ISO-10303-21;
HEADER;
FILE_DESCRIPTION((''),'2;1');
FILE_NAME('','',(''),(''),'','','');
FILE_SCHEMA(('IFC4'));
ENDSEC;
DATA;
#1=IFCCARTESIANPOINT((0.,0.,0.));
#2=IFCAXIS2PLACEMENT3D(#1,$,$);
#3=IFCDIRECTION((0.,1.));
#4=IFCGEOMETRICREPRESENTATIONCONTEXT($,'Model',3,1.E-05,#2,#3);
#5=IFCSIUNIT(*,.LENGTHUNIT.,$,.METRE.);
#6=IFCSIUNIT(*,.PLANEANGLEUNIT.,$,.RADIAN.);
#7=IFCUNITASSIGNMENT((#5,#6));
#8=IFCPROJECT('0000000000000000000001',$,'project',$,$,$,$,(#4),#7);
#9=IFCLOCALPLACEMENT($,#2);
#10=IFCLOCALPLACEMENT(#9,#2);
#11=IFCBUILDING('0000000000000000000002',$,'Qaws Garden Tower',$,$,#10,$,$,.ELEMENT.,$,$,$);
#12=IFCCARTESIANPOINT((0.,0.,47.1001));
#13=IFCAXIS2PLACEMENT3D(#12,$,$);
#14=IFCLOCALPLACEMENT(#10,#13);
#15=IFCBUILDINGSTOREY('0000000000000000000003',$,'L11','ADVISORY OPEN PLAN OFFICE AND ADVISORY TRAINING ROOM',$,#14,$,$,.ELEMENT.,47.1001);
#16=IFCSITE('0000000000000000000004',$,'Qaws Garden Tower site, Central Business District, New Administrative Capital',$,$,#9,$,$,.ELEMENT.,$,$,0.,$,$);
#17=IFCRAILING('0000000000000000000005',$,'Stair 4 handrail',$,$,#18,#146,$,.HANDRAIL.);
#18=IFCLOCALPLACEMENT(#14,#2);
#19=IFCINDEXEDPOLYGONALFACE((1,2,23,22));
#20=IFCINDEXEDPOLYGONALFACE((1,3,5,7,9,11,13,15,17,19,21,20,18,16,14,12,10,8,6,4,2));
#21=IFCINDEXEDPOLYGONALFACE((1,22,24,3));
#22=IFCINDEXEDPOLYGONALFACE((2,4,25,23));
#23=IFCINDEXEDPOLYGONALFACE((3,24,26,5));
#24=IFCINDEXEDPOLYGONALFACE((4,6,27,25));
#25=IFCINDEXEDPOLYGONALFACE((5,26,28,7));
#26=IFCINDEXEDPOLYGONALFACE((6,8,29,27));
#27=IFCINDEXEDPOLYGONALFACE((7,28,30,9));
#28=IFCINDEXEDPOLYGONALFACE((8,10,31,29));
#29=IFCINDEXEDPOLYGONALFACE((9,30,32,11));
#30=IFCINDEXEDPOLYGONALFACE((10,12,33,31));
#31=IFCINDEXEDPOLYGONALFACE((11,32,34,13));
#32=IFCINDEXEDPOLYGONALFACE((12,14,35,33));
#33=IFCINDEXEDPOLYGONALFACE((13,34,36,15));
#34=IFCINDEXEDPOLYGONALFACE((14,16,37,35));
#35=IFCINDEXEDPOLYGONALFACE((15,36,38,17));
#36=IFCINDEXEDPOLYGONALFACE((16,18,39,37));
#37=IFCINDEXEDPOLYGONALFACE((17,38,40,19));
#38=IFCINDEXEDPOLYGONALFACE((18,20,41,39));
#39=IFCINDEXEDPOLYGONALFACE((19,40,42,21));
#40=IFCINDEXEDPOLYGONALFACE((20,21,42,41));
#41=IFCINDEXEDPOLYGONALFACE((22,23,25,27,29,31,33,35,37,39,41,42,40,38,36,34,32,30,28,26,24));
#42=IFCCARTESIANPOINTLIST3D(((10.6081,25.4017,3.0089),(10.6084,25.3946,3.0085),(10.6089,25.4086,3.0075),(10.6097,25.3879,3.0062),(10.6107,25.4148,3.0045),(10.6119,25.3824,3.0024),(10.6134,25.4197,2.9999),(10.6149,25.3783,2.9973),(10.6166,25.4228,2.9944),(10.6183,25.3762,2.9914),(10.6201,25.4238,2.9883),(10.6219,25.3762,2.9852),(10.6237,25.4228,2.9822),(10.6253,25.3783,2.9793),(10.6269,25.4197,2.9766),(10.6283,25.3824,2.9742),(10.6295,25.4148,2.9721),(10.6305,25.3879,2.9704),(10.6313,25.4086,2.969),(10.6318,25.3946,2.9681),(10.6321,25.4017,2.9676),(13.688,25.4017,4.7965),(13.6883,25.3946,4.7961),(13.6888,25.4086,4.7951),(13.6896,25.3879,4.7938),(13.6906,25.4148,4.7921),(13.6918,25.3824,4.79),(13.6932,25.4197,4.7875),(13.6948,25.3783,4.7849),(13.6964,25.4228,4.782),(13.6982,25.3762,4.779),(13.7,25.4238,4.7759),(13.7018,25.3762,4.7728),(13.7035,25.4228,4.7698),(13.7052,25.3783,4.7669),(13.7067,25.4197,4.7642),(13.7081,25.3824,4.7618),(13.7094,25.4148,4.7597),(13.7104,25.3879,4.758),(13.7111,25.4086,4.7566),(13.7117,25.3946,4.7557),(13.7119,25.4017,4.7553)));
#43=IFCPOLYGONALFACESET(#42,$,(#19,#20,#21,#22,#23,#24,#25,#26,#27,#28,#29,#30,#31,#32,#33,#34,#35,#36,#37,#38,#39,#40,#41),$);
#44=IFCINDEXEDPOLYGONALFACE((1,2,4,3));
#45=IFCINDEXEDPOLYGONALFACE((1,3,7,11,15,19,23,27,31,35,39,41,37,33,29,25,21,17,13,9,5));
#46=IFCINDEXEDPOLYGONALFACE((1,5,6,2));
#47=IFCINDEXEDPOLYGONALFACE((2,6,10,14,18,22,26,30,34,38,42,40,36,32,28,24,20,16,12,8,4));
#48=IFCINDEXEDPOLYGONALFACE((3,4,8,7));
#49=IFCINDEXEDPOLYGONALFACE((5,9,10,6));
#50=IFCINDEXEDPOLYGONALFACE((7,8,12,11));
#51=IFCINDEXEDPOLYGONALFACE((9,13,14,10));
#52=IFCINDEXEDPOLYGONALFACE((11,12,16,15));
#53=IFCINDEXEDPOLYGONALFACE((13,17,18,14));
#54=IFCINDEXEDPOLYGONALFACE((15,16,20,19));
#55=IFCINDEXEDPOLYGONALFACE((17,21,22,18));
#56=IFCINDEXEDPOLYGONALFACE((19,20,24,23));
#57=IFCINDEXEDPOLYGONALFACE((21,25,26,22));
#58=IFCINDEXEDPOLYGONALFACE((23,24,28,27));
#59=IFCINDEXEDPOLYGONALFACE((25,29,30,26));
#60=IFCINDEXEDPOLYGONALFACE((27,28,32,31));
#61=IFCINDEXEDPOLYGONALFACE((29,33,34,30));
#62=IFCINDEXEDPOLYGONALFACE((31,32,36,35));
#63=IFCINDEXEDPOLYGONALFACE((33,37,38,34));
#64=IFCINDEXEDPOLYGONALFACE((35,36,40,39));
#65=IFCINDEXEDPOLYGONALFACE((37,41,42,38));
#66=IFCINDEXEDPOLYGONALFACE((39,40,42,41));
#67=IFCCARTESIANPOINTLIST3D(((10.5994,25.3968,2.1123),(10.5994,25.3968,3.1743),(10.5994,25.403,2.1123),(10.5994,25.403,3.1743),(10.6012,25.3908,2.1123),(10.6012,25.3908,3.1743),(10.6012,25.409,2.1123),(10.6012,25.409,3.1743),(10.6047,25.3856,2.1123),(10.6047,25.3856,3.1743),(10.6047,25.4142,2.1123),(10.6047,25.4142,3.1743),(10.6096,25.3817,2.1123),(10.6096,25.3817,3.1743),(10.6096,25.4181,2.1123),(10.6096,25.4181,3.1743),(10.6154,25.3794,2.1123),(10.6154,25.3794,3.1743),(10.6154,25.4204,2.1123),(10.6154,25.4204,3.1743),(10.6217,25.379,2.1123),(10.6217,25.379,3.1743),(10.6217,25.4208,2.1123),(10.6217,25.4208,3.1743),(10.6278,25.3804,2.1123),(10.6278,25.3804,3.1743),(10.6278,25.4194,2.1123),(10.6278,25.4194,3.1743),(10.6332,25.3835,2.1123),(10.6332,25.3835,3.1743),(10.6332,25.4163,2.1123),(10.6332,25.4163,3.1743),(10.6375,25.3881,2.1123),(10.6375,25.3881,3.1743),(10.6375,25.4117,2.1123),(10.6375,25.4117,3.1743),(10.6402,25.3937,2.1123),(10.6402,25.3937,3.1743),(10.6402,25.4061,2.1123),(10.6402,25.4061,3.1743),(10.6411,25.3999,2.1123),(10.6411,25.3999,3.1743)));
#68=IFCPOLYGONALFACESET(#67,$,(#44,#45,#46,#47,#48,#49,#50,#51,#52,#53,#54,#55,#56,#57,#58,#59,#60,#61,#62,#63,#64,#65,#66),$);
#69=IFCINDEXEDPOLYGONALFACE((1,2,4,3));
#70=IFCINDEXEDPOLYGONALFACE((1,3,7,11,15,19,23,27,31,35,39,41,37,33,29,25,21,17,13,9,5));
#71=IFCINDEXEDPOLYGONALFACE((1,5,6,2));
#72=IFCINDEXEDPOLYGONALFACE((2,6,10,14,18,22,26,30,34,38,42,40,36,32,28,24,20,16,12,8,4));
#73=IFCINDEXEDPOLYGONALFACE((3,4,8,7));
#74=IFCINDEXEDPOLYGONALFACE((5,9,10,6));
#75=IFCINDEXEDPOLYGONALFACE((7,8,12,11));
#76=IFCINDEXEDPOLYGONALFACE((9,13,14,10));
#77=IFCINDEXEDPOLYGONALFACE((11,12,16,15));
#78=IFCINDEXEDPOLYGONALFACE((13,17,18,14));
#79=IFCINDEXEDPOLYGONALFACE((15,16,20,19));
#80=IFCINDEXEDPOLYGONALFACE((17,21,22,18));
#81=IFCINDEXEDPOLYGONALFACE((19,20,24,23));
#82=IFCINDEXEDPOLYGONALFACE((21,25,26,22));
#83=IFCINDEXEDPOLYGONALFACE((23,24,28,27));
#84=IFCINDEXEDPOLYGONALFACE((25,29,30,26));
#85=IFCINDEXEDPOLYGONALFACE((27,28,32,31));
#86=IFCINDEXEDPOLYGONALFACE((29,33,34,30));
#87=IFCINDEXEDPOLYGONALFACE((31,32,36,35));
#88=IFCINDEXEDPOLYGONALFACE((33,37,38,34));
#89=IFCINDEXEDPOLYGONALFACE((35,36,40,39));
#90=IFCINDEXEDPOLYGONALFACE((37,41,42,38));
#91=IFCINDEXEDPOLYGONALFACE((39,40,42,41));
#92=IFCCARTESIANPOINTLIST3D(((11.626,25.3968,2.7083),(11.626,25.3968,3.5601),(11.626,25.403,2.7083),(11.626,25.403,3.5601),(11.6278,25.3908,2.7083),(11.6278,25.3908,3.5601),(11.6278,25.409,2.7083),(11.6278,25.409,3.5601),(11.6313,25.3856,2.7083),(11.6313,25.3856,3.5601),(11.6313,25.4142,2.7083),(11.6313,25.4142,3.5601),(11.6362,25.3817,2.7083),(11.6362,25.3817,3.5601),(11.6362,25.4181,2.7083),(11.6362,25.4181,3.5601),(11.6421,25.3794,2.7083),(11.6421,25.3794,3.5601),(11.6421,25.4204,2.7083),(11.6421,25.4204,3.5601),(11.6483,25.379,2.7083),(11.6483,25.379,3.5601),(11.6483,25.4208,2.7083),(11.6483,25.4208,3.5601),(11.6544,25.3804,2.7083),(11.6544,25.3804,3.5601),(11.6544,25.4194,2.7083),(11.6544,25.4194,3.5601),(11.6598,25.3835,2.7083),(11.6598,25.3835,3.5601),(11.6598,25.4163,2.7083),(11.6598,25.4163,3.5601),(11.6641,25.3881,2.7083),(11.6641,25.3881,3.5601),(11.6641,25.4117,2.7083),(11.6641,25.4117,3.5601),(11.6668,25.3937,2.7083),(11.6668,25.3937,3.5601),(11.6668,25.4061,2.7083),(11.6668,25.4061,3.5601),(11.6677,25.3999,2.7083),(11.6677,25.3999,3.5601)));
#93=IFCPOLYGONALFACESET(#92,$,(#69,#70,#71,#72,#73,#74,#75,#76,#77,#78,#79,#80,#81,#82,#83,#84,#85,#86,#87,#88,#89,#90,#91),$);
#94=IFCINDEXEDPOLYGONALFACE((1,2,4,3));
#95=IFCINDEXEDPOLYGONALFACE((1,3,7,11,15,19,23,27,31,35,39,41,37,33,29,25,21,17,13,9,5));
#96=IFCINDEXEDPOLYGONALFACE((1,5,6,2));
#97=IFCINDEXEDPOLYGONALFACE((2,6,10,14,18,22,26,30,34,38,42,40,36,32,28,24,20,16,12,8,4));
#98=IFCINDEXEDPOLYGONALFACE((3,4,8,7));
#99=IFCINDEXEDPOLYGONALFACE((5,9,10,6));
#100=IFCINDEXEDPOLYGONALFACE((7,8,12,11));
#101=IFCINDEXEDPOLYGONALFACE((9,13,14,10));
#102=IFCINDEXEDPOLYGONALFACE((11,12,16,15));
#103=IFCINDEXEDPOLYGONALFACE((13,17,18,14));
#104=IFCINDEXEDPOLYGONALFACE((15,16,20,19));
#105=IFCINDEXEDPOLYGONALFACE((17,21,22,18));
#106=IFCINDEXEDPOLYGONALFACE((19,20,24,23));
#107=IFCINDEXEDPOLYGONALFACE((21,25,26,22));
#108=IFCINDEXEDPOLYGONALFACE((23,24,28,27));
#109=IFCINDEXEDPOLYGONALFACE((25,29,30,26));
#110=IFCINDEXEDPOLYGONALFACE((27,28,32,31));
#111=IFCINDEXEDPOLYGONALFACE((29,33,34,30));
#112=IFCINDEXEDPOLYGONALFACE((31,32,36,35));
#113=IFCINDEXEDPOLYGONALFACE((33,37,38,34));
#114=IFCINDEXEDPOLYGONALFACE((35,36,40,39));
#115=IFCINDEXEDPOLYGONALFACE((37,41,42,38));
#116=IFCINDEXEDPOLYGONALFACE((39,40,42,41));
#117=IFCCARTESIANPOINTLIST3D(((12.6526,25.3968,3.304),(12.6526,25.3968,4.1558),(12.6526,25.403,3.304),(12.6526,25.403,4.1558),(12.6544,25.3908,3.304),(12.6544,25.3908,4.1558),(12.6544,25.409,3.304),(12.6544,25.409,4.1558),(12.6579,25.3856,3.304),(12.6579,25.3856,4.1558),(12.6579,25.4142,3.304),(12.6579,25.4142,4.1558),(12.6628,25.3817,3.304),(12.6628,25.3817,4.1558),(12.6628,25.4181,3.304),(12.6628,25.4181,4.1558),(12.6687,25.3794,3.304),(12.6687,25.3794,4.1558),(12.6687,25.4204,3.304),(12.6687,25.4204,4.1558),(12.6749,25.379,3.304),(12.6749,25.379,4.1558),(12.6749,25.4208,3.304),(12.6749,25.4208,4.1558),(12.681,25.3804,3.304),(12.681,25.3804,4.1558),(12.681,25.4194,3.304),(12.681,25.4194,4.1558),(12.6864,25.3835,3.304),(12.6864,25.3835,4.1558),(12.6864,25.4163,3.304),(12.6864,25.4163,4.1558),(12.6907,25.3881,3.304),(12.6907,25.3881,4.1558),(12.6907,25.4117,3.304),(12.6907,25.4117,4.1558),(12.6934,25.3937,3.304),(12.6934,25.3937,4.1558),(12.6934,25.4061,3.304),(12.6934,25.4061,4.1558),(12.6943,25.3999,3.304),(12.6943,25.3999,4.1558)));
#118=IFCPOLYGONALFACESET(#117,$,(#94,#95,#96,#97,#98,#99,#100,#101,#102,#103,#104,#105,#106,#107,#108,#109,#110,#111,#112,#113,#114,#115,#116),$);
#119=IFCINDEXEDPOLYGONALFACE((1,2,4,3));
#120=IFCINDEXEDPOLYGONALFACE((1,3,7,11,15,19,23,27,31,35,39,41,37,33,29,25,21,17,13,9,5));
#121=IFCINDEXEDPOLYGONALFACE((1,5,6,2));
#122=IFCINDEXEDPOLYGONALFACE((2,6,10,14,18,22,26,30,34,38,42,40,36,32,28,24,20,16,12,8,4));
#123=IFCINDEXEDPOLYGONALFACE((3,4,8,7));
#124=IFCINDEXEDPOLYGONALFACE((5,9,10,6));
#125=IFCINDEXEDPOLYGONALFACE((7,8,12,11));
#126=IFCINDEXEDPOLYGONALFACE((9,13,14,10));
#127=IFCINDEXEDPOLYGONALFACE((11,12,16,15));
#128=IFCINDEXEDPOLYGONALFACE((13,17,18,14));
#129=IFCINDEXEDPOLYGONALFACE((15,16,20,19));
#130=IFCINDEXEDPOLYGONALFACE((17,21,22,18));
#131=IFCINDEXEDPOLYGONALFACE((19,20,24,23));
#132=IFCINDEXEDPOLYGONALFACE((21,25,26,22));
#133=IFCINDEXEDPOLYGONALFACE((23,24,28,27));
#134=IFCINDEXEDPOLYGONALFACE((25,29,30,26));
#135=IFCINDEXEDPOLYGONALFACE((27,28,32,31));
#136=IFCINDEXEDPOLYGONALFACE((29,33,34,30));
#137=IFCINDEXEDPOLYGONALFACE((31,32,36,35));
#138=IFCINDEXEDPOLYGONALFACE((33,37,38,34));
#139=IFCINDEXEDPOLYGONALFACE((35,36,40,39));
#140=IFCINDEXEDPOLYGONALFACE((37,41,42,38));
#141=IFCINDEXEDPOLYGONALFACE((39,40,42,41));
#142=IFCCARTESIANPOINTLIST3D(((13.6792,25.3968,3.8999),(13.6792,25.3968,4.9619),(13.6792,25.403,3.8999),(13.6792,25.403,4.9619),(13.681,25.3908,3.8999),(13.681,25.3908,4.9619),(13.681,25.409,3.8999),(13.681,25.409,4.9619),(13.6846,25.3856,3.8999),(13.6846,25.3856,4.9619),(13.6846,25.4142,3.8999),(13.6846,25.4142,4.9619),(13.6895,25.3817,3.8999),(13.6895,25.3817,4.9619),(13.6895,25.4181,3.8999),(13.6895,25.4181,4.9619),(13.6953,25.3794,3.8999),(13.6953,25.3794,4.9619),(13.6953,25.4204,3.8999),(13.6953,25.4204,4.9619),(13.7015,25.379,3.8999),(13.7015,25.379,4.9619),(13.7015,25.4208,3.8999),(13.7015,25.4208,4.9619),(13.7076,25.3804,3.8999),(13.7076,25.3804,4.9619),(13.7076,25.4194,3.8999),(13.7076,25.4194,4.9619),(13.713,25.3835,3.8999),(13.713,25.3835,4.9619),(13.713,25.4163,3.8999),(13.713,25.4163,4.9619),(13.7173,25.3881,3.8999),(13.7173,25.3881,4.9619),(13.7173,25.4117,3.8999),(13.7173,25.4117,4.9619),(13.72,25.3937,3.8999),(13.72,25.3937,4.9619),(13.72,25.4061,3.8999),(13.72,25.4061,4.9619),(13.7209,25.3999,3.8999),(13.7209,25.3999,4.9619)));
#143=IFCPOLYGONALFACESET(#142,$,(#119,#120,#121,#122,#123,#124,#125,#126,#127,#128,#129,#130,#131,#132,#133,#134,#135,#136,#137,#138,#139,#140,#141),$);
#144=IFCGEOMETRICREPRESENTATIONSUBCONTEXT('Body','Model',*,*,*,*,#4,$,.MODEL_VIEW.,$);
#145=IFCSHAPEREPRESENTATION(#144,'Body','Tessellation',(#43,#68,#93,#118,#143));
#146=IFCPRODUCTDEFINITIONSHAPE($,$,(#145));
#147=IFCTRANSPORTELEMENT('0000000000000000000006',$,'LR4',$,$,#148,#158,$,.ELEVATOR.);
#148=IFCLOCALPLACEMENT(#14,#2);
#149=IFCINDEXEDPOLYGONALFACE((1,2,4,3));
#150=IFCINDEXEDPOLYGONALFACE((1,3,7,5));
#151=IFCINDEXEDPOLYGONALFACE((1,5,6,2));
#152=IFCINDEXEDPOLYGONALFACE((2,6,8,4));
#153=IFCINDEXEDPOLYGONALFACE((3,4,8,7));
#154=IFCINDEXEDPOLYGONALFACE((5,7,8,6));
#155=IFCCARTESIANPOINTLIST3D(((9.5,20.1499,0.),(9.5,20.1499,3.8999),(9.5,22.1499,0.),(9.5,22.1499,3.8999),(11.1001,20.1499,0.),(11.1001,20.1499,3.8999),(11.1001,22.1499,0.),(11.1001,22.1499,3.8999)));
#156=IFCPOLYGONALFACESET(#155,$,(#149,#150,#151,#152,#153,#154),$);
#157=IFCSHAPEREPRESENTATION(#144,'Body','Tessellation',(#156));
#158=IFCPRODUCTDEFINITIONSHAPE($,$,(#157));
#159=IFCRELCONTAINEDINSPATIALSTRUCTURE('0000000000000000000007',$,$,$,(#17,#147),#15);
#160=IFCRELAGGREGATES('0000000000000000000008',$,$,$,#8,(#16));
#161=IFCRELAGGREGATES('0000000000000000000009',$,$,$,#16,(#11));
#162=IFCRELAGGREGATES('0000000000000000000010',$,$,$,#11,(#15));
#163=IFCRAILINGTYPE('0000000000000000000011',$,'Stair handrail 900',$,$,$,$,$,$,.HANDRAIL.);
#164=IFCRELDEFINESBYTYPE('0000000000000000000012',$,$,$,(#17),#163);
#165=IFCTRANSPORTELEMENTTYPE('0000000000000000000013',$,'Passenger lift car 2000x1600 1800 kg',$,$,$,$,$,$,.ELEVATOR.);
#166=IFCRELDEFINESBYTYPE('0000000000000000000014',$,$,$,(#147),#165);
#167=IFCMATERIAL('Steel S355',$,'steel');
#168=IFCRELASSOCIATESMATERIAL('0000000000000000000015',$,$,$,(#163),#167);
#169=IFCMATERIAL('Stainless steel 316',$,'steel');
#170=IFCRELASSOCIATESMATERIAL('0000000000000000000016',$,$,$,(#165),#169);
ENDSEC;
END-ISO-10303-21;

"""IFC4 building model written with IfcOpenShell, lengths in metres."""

from ifc_helpers import new_model, si_unit, direction, frame, origin, origin_2d, place, context, subcontext, project, spatial, rectangle, circle, extrude, material, type_object, element, save


model = new_model("IFC4")

# Units and contexts
model_context = context("Model", 3, precision=1e-05, world=origin(), true_north=direction((0.0, 1.0)))
body_context = subcontext(model_context, "Body", "Model", "MODEL_VIEW")
ifc_project = project(units=[si_unit("LENGTHUNIT", "METRE"), si_unit("PLANEANGLEUNIT", "RADIAN")], contexts=[model_context])

# Site, building, storey
site_placement = place(None, origin())
site = spatial("IfcSite", under=ifc_project, at=site_placement, Name="Qaws Garden Tower site, Central Business District, New Administrative Capital", CompositionType="ELEMENT", RefElevation=0.0)
building_placement = place(site_placement, origin())
building = spatial("IfcBuilding", under=site, at=building_placement, Name="Qaws Garden Tower", CompositionType="ELEMENT")
storey_placement = place(building_placement, frame((0.0, 0.0, 47.1001)))
storey = spatial("IfcBuildingStorey", under=building, at=storey_placement, Name="L11", Description="ADVISORY OPEN PLAN OFFICE AND ADVISORY TRAINING ROOM", CompositionType="ELEMENT", Elevation=47.1001)

# Railing
ifc_material_1 = material(Name="Steel S355", Category="steel")
railing_type = type_object("IfcRailingType", Name="Stair handrail 900", PredefinedType="HANDRAIL", material=ifc_material_1)
railing_1_placement = place(storey_placement, frame((10.6201, 25.3999, 2.1123)))
element("IfcRailing", 1, at=railing_1_placement, inside=storey, type_object=railing_type, Name="Stair 4 handrail", PredefinedType="HANDRAIL", context=body_context, shape_type="SweptSolid", body=[
    extrude(circle(Radius=0.0239, at=origin_2d()), frame((0.0, 0.0, 0.876), z_axis=(0.864873, 0.0, 0.50199), x_axis=(0.0, 1.0, 0.0)), (0.0, 0.0, 1.0), 3.561),
    extrude(circle(Radius=0.021, at=origin_2d()), origin(), (0.0, 0.0, 1.0), 1.062),
    extrude(circle(Radius=0.021, at=origin_2d()), frame((1.0266, 0.0, 0.5959)), (0.0, 0.0, 1.0), 0.8518),
    extrude(circle(Radius=0.021, at=origin_2d()), frame((2.0532, 0.0, 1.1917)), (0.0, 0.0, 1.0), 0.8518),
    extrude(circle(Radius=0.021, at=origin_2d()), frame((3.0798, 0.0, 1.7876)), (0.0, 0.0, 1.0), 1.062),
])

# Transport element
ifc_material_2 = material(Name="Stainless steel 316", Category="steel")
transport_element_type = type_object("IfcTransportElementType", Name="Passenger lift car 2000x1600 1800 kg", PredefinedType="ELEVATOR", material=ifc_material_2)
transport_element_placement = place(storey_placement, frame((10.3, 21.1499, 0.0), z_axis=(0.0, 0.0, 1.0), x_axis=(1.0, 0.0, 0.0)))
element("IfcTransportElement", 2, at=transport_element_placement, inside=storey, type_object=transport_element_type, Name="LR4", PredefinedType="ELEVATOR", context=body_context, shape_type="SweptSolid", body=[
    extrude(rectangle(XDim=1.6001, YDim=2.0, at=origin_2d()), origin(), (0.0, 0.0, 1.0), 3.8999),
])

save(model, "model.ifc")
